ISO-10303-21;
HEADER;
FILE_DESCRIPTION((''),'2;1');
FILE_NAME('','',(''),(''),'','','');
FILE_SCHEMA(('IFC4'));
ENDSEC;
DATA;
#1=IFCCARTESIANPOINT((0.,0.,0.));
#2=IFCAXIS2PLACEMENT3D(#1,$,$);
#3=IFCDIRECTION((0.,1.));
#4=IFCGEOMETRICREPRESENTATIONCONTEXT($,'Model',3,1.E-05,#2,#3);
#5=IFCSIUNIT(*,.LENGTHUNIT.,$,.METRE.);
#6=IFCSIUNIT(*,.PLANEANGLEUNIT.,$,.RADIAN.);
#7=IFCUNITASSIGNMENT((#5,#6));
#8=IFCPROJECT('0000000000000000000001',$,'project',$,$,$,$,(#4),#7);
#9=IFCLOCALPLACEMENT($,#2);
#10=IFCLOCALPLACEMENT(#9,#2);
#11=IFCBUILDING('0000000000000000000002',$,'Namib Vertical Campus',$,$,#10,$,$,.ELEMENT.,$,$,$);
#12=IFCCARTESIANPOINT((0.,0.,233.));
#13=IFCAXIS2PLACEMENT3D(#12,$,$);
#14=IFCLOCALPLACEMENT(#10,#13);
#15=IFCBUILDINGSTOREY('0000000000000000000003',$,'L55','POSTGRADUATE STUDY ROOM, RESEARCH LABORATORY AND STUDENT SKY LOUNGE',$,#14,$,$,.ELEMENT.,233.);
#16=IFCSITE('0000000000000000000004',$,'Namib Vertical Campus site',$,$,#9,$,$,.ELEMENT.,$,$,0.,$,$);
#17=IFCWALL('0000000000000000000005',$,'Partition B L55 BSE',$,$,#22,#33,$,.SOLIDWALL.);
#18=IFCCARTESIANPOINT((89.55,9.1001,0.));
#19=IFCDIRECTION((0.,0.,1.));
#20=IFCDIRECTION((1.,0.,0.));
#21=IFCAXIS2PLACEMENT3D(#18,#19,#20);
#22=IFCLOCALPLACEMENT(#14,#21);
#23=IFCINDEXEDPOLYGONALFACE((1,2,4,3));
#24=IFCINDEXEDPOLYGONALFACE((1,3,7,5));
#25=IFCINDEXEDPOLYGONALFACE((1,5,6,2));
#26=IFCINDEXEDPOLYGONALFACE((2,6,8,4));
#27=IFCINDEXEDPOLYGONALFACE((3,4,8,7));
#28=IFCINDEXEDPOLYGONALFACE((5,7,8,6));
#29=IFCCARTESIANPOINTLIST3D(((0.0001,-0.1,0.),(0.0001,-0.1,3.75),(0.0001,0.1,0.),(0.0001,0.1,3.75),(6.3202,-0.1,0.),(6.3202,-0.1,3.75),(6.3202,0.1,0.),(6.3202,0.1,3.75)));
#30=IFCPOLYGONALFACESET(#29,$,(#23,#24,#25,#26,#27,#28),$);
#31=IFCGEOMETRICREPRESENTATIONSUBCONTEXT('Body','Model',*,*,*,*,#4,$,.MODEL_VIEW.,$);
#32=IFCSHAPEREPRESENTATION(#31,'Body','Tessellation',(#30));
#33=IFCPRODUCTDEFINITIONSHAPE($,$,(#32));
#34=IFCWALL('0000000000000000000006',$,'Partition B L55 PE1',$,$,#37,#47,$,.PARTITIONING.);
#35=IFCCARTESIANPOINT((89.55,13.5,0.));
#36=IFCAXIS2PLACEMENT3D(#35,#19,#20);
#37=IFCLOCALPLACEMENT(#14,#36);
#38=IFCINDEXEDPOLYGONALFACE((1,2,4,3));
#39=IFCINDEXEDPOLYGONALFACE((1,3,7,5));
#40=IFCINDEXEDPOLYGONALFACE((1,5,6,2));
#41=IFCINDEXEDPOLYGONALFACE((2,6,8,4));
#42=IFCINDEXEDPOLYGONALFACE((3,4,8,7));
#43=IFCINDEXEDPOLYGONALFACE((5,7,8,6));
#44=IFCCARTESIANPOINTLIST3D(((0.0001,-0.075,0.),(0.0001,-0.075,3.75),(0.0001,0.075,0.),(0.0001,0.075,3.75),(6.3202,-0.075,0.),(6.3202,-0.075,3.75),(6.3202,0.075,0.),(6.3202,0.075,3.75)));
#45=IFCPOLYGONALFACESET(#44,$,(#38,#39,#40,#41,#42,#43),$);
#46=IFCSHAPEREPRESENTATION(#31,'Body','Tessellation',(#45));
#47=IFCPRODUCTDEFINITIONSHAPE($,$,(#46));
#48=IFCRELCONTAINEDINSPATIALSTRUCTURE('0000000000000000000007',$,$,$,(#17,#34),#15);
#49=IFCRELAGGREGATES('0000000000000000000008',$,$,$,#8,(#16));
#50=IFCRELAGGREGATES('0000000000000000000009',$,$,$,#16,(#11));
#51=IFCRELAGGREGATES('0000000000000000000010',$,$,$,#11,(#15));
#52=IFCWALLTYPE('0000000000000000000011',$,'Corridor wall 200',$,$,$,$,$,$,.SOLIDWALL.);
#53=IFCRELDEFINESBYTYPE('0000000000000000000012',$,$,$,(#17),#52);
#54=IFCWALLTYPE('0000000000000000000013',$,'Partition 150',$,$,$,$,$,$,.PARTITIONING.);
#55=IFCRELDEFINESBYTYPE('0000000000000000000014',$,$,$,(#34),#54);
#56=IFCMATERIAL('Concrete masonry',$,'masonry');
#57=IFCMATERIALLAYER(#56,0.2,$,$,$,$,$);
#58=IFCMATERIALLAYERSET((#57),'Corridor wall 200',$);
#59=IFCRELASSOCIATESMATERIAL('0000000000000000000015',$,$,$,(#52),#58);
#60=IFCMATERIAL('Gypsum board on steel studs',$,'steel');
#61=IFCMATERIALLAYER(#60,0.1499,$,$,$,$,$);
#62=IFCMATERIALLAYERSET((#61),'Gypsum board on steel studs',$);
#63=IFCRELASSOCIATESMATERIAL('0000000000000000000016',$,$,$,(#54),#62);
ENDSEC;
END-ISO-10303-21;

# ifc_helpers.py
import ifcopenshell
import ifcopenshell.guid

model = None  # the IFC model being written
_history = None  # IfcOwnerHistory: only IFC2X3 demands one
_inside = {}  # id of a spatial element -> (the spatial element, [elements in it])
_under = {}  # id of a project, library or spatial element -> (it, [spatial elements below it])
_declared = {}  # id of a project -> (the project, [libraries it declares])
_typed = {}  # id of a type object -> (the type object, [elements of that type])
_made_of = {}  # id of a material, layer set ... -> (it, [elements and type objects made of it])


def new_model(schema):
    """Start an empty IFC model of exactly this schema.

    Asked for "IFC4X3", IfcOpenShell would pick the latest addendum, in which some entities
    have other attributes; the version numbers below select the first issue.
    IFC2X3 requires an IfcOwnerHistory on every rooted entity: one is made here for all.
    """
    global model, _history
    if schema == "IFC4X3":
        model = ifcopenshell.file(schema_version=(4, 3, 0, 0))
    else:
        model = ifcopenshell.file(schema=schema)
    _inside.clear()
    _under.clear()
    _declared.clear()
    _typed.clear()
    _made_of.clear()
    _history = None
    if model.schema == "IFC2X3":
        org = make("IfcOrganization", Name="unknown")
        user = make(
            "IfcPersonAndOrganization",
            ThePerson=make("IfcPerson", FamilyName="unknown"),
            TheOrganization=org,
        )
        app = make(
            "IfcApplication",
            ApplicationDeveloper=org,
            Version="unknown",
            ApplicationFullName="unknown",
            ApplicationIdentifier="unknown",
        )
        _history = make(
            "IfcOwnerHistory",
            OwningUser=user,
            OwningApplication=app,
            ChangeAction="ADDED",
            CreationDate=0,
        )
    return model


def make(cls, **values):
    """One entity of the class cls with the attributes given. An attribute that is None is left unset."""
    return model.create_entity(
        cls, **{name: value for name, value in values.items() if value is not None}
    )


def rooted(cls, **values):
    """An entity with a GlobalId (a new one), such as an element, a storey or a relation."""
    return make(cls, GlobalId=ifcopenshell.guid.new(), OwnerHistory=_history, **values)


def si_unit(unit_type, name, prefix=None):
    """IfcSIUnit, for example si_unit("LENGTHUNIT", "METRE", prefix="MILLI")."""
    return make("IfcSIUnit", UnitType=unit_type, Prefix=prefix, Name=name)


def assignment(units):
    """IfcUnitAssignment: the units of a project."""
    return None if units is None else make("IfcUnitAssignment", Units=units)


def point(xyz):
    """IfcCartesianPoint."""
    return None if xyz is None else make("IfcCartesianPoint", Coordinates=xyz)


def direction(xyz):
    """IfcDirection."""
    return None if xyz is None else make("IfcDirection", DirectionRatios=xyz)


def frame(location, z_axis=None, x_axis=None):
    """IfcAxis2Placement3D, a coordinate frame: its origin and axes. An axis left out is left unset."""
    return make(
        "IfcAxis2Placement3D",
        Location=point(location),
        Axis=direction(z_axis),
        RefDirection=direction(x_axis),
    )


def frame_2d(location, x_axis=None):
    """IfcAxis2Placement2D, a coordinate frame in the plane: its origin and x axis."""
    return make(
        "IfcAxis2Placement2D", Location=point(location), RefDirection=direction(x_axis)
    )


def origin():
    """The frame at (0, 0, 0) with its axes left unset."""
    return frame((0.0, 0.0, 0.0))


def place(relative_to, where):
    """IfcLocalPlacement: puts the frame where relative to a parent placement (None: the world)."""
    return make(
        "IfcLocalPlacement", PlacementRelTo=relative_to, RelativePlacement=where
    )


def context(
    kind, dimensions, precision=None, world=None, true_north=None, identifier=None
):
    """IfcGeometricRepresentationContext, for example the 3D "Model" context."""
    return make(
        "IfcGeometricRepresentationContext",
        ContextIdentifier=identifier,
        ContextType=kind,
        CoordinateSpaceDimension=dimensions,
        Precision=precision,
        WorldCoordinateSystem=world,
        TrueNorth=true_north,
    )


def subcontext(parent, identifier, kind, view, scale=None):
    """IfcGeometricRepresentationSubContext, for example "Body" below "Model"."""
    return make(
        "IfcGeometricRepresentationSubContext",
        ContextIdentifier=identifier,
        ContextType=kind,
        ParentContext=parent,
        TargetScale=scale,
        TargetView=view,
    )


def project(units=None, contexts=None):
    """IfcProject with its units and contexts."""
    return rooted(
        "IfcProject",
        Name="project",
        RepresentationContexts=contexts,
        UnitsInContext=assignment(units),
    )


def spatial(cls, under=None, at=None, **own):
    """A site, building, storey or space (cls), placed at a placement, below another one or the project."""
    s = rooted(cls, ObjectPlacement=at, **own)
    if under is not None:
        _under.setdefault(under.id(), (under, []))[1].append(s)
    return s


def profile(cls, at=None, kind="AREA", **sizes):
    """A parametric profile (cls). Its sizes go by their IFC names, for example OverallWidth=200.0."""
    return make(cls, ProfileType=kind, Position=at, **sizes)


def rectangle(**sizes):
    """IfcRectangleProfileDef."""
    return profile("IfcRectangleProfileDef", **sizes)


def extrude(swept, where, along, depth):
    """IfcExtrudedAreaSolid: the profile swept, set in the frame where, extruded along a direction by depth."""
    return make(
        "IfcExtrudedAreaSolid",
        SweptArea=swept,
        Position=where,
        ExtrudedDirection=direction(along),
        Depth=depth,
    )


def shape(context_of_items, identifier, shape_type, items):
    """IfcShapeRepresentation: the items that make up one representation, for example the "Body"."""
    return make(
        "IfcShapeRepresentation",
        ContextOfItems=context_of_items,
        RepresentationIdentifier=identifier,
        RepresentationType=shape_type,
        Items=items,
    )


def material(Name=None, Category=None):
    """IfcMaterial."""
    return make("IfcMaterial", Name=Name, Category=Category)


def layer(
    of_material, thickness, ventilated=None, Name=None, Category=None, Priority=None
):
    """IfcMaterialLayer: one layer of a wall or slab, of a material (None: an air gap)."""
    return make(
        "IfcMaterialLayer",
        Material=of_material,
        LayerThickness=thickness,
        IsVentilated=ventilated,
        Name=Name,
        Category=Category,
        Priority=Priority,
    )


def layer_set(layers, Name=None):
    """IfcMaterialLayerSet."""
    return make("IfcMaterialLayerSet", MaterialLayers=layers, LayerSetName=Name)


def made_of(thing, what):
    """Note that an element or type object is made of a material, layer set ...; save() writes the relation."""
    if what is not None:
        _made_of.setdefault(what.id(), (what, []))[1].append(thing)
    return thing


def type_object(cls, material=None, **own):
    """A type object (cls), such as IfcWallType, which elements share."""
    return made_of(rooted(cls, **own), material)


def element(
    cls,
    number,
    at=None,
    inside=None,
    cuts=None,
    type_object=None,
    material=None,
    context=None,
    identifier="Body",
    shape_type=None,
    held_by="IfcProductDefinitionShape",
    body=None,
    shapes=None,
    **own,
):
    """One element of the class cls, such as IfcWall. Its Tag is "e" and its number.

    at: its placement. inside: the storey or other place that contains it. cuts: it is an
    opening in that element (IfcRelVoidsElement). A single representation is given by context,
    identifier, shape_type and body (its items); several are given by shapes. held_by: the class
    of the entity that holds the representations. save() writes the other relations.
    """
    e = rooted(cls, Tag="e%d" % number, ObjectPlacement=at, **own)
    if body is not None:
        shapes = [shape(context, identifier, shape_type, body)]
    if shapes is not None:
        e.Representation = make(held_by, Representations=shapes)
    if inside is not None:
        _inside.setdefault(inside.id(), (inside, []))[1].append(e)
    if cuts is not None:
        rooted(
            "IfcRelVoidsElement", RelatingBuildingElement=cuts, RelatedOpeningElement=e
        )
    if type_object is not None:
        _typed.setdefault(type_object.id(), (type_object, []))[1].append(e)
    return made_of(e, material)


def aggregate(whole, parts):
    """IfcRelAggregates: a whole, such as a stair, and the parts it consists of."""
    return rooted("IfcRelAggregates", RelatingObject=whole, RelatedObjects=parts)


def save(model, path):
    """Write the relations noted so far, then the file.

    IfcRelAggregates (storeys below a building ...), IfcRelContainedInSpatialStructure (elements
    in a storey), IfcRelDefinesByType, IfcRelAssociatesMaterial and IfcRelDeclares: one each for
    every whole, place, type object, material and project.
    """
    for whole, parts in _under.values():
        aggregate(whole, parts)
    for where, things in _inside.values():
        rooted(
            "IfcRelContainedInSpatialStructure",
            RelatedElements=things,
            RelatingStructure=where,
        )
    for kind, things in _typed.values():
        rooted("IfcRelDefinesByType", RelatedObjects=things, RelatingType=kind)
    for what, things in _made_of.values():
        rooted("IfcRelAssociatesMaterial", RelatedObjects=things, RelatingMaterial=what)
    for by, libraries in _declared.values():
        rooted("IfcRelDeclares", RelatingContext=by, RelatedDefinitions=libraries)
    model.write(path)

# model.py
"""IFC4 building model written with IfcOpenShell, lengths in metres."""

from ifc_helpers import new_model, si_unit, direction, frame, frame_2d, origin, place, context, subcontext, project, spatial, rectangle, extrude, material, layer, layer_set, type_object, element, save


model = new_model("IFC4")

# Units and contexts
model_context = context("Model", 3, precision=1e-05, world=origin(), true_north=direction((0.0, 1.0)))
body_context = subcontext(model_context, "Body", "Model", "MODEL_VIEW")
ifc_project = project(units=[si_unit("LENGTHUNIT", "METRE"), si_unit("PLANEANGLEUNIT", "RADIAN")], contexts=[model_context])

# Site, building, storey
site_placement = place(None, origin())
site = spatial("IfcSite", under=ifc_project, at=site_placement, Name="Namib Vertical Campus site", CompositionType="ELEMENT", RefElevation=0.0)
building_placement = place(site_placement, origin())
building = spatial("IfcBuilding", under=site, at=building_placement, Name="Namib Vertical Campus", CompositionType="ELEMENT")
storey_placement = place(building_placement, frame((0.0, 0.0, 233.0)))
storey = spatial("IfcBuildingStorey", under=building, at=storey_placement, Name="L55", Description="POSTGRADUATE STUDY ROOM, RESEARCH LABORATORY AND STUDENT SKY LOUNGE", CompositionType="ELEMENT", Elevation=233.0)

# Shared definitions
ifc_material_1 = material(Name="Concrete masonry", Category="masonry")
ifc_layer_1 = layer(ifc_material_1, 0.2)
ifc_layer_set_1 = layer_set([ifc_layer_1], Name="Corridor wall 200")
wall_type_1 = type_object("IfcWallType", Name="Corridor wall 200", PredefinedType="SOLIDWALL", material=ifc_layer_set_1)

# Walls
wall_1_placement = place(storey_placement, frame((89.55, 9.1001, 0.0), z_axis=(0.0, 0.0, 1.0), x_axis=(1.0, 0.0, 0.0)))
element("IfcWall", 1, at=wall_1_placement, inside=storey, type_object=wall_type_1, Name="Partition B L55 BSE", PredefinedType="SOLIDWALL", context=body_context, shape_type="SweptSolid", body=[
    extrude(rectangle(XDim=6.3201, YDim=0.2, at=frame_2d((3.1602, 0.0))), origin(), (0.0, 0.0, 1.0), 3.75),
])
ifc_material_2 = material(Name="Gypsum board on steel studs", Category="steel")
ifc_layer_2 = layer(ifc_material_2, 0.1499)
ifc_layer_set_2 = layer_set([ifc_layer_2], Name="Gypsum board on steel studs")
wall_type_2 = type_object("IfcWallType", Name="Partition 150", PredefinedType="PARTITIONING", material=ifc_layer_set_2)
wall_2_placement = place(storey_placement, frame((89.55, 13.5, 0.0), z_axis=(0.0, 0.0, 1.0), x_axis=(1.0, 0.0, 0.0)))
element("IfcWall", 2, at=wall_2_placement, inside=storey, type_object=wall_type_2, Name="Partition B L55 PE1", PredefinedType="PARTITIONING", context=body_context, shape_type="SweptSolid", body=[
    extrude(rectangle(XDim=6.3201, YDim=0.1499, at=frame_2d((3.1602, 0.0))), origin(), (0.0, 0.0, 1.0), 3.75),
])

save(model, "model.ifc")
